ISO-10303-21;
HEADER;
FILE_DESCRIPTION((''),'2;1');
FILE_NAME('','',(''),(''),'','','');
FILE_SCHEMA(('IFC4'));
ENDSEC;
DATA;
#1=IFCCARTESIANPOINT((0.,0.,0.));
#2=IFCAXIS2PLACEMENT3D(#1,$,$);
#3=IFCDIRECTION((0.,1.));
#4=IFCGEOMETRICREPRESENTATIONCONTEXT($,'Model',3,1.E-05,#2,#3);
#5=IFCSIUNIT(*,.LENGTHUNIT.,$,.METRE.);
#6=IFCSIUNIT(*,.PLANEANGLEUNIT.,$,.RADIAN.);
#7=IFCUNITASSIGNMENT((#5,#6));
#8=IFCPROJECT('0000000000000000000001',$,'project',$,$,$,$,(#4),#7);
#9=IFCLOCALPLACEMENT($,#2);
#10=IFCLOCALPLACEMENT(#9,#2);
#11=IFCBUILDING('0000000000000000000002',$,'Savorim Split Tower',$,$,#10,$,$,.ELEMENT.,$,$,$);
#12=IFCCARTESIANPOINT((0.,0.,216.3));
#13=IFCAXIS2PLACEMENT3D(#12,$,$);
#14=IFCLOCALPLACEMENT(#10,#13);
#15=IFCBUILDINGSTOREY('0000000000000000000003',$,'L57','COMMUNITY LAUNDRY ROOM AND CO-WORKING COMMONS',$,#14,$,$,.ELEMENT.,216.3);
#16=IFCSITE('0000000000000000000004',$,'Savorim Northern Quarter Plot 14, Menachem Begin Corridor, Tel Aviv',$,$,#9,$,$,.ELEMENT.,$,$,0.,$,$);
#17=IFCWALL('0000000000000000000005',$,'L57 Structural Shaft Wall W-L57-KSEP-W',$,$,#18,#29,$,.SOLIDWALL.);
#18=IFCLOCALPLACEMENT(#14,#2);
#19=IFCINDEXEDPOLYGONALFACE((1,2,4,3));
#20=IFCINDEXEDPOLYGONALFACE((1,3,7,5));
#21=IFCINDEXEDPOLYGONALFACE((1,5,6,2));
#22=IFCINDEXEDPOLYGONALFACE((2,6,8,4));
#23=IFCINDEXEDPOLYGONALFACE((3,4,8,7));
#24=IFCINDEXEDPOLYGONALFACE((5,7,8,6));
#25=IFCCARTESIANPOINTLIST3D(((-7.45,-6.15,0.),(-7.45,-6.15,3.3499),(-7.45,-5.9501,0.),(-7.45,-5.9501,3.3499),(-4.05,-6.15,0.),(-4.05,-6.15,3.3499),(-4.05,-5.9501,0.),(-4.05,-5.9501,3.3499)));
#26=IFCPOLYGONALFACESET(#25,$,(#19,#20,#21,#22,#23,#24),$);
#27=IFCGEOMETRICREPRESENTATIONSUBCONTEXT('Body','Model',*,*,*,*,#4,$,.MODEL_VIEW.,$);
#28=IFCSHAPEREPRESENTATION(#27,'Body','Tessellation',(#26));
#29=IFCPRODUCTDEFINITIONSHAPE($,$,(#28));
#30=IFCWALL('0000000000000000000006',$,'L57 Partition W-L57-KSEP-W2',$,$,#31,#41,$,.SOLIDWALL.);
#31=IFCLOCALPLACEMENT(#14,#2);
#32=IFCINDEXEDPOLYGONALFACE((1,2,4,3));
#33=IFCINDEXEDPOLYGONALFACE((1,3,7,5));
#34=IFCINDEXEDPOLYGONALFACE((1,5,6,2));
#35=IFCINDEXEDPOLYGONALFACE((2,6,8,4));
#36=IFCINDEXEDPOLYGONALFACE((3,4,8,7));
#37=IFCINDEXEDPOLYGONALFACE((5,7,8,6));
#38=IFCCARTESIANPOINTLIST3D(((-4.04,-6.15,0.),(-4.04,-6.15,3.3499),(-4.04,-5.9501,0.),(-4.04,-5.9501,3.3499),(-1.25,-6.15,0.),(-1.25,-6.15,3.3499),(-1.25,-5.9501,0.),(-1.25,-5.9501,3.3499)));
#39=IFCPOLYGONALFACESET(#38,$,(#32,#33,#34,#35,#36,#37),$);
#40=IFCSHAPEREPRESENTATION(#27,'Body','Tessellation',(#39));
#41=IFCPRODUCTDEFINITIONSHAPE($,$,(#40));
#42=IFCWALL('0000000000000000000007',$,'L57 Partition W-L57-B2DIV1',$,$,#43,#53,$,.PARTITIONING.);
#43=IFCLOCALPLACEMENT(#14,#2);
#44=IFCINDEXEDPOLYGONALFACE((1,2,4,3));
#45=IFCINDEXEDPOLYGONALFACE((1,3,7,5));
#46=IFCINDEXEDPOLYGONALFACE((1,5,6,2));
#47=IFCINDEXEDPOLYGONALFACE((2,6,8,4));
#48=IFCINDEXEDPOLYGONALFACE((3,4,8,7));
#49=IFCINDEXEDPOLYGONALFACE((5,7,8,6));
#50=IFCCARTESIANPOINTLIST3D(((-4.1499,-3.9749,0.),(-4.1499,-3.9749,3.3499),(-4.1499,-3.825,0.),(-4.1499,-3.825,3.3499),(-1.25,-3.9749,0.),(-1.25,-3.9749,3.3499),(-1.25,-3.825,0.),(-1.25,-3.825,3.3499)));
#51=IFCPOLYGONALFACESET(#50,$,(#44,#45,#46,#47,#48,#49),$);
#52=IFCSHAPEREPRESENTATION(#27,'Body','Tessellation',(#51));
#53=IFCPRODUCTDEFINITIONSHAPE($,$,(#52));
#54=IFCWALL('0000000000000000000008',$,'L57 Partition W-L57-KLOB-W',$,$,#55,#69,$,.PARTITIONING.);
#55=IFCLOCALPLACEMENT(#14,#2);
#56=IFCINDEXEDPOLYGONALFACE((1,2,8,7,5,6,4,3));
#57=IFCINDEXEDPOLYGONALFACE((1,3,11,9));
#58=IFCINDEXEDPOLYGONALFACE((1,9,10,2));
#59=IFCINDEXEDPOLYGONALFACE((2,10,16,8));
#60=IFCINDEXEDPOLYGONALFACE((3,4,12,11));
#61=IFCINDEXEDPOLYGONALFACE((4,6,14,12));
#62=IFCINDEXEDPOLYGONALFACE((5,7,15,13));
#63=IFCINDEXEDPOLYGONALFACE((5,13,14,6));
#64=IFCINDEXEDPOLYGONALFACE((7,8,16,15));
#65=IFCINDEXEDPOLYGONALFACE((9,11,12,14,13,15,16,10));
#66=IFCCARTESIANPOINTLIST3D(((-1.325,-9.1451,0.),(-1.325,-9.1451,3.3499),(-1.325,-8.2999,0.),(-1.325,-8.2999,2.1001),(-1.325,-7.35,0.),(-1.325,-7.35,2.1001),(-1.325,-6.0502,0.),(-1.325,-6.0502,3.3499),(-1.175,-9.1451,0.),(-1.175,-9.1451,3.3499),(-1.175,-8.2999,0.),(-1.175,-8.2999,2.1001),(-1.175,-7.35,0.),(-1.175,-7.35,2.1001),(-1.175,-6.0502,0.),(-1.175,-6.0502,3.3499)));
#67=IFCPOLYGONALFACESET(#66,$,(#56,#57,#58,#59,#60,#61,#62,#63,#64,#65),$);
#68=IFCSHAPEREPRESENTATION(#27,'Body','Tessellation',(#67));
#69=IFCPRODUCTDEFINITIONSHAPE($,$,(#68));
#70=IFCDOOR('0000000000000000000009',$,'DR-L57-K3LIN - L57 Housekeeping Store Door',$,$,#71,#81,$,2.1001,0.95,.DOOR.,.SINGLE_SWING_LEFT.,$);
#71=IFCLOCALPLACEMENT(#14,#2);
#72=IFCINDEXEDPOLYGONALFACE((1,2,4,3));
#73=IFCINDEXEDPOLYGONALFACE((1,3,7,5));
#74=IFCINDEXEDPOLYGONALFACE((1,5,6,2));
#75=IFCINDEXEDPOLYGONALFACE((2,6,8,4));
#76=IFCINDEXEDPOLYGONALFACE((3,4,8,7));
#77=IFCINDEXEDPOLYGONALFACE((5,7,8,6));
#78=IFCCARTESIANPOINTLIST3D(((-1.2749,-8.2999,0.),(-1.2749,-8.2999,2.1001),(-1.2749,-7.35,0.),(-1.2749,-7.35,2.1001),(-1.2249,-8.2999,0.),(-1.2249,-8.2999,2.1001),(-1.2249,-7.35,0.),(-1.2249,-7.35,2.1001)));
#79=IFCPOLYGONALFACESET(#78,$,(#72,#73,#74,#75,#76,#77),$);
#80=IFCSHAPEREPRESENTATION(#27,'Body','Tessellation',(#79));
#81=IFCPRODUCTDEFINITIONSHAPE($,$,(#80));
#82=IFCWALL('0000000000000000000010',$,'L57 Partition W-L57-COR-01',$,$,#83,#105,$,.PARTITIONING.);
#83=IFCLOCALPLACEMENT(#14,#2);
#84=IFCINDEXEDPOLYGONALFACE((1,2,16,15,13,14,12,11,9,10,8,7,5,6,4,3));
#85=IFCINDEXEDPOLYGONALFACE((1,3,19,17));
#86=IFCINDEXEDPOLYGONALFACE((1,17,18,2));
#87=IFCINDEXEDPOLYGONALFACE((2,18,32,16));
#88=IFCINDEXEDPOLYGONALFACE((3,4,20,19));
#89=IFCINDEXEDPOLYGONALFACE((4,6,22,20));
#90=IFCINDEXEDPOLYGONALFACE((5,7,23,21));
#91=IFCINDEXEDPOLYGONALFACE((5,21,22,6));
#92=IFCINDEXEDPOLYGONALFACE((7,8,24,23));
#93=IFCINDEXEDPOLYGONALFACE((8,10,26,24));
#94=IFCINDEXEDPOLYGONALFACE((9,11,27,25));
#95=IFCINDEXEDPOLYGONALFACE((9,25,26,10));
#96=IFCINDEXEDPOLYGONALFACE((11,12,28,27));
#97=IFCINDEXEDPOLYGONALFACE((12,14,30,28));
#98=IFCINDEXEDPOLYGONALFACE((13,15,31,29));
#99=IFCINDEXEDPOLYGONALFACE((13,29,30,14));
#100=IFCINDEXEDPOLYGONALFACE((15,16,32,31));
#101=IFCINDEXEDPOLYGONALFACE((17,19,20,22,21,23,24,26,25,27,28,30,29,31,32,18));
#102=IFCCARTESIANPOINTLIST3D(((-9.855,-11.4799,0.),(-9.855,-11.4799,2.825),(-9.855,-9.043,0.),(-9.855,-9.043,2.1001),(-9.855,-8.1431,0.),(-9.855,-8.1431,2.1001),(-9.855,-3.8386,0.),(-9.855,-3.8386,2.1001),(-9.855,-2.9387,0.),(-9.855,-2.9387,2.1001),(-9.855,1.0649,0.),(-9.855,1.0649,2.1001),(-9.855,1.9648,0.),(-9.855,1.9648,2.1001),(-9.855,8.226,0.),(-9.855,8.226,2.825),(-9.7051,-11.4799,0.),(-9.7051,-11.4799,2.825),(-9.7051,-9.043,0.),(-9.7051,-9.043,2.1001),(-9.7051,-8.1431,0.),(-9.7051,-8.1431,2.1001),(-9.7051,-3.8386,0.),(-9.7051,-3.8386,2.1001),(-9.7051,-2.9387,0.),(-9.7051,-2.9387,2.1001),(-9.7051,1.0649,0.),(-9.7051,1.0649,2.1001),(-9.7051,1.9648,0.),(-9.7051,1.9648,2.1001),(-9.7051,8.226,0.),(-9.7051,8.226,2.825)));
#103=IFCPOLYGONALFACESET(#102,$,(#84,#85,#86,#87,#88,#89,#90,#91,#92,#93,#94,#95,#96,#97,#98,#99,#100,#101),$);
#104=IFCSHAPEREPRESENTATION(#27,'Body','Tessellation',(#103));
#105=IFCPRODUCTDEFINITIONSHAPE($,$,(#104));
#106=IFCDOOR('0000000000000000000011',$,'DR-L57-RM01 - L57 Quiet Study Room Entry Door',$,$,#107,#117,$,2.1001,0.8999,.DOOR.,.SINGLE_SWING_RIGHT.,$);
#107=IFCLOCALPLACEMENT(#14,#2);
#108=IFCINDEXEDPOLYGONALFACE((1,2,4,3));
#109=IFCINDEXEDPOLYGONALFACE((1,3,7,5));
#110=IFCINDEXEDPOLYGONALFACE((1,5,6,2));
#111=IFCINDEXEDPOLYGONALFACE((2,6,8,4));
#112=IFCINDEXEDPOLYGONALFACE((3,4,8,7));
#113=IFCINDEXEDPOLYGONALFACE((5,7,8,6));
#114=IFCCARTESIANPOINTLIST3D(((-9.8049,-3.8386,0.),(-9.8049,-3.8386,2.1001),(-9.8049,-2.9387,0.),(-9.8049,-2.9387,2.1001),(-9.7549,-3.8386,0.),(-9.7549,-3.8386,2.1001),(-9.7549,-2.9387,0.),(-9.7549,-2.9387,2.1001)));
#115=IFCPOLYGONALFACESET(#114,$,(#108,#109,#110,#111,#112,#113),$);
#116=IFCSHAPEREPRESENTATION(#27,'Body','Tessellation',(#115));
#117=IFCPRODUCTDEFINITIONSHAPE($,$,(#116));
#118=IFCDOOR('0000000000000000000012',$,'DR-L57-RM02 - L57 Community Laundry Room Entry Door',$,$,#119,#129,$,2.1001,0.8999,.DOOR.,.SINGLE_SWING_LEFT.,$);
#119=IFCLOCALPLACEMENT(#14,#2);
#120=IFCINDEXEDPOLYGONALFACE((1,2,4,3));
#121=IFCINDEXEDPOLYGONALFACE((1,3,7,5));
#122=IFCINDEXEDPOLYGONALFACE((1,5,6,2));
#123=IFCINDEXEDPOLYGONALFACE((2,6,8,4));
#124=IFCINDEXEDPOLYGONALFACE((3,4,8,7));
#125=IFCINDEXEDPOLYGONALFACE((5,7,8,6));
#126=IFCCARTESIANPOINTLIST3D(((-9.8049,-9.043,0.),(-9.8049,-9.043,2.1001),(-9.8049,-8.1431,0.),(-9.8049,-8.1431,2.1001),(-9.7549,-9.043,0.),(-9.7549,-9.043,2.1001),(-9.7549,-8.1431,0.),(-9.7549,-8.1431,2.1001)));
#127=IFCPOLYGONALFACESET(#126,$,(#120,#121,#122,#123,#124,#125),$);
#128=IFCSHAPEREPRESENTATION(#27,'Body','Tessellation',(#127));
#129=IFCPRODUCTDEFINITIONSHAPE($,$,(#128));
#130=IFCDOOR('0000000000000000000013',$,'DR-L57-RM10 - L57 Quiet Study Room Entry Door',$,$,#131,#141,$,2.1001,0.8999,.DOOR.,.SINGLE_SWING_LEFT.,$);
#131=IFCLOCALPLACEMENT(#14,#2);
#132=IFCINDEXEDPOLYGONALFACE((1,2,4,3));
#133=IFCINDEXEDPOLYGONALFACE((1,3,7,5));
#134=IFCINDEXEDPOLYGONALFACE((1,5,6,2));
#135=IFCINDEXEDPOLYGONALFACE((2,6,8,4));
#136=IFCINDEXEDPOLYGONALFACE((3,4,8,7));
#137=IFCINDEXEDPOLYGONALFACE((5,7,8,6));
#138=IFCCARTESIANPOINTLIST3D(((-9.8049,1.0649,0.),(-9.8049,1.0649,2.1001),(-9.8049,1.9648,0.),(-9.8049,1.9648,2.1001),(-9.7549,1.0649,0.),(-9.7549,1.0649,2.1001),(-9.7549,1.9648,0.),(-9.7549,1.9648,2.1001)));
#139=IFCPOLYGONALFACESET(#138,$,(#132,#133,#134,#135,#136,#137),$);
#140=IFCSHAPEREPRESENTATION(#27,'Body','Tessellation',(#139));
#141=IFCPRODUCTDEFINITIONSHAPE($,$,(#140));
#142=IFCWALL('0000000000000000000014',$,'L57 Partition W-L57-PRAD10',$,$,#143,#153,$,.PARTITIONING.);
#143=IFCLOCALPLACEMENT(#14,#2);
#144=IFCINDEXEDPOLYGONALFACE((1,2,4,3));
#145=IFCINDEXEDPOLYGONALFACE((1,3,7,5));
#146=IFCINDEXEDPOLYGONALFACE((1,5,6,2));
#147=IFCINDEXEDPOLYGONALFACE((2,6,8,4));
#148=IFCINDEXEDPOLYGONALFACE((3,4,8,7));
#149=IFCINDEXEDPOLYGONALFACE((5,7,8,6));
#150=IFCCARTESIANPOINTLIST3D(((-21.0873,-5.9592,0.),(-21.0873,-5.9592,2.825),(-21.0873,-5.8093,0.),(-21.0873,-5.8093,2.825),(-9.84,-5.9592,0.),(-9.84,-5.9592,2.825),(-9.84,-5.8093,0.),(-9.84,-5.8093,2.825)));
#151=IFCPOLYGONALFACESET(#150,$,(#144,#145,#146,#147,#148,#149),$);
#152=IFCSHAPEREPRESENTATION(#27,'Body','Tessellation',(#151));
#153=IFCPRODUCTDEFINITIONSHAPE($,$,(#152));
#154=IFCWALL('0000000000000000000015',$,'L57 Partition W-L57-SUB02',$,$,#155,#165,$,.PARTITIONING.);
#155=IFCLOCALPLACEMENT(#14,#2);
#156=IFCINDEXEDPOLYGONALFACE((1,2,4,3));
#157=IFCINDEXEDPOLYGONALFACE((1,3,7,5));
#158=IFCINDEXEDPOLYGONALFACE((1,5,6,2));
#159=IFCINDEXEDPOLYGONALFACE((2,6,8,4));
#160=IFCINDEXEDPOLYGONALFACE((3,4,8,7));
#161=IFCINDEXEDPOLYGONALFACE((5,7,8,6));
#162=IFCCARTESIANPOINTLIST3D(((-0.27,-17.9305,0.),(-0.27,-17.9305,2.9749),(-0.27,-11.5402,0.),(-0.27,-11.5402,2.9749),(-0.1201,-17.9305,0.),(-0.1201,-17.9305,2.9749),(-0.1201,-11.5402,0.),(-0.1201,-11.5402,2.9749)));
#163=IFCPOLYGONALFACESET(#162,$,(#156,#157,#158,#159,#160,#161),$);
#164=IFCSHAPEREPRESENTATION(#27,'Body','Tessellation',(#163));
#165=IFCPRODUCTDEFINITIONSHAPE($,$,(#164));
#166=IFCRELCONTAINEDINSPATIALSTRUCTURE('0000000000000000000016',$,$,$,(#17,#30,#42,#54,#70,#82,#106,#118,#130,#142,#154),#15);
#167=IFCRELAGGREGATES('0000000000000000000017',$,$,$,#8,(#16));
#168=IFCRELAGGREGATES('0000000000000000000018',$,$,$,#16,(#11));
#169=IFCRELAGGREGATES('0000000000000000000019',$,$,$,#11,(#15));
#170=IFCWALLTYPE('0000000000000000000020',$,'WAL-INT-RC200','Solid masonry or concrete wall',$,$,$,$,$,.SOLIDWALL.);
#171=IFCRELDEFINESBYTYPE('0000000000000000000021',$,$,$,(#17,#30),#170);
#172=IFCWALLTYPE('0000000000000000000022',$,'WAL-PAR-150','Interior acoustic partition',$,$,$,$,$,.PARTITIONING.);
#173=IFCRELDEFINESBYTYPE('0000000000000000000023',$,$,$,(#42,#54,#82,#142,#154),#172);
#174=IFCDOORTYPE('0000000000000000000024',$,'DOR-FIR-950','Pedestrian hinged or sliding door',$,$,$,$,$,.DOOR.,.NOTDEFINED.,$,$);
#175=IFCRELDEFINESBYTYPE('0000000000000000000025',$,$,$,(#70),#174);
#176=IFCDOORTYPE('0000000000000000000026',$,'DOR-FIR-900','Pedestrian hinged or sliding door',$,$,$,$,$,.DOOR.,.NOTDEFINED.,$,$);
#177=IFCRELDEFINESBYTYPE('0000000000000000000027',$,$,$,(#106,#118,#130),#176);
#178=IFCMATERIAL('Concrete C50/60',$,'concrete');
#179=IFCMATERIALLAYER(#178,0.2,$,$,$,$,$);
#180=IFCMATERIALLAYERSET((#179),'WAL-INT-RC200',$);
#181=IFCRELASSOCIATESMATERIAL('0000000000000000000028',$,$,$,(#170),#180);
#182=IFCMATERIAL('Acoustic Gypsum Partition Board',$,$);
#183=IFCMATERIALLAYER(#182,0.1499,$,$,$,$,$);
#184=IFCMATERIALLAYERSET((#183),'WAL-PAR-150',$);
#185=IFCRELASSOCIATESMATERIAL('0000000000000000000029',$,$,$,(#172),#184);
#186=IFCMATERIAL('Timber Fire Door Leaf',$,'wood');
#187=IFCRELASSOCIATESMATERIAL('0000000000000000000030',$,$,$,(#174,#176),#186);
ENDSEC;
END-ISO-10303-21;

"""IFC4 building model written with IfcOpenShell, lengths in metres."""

from ifc_helpers import new_model, si_unit, direction, frame, frame_2d, origin, place, context, subcontext, project, spatial, rectangle, extrude, material, layer, layer_set, type_object, element, fill, save


model = new_model("IFC4")

# Units and contexts
model_context = context("Model", 3, precision=1e-05, world=origin(), true_north=direction((0.0, 1.0)))
body_context = subcontext(model_context, "Body", "Model", "MODEL_VIEW")
ifc_project = project(units=[si_unit("LENGTHUNIT", "METRE"), si_unit("PLANEANGLEUNIT", "RADIAN")], contexts=[model_context])

# Site, building, storey
site_placement = place(None, origin())
site = spatial("IfcSite", under=ifc_project, at=site_placement, Name="Savorim Northern Quarter Plot 14, Menachem Begin Corridor, Tel Aviv", CompositionType="ELEMENT", RefElevation=0.0)
building_placement = place(site_placement, origin())
building = spatial("IfcBuilding", under=site, at=building_placement, Name="Savorim Split Tower", CompositionType="ELEMENT")
storey_placement = place(building_placement, frame((0.0, 0.0, 216.3)))
storey = spatial("IfcBuildingStorey", under=building, at=storey_placement, Name="L57", Description="COMMUNITY LAUNDRY ROOM AND CO-WORKING COMMONS", CompositionType="ELEMENT", Elevation=216.3)

# Shared definitions
ifc_material_1 = material(Name="Timber Fire Door Leaf", Category="wood")

# Walls
ifc_material_2 = material(Name="Concrete C50/60", Category="concrete")
ifc_layer_1 = layer(ifc_material_2, 0.2)
ifc_layer_set_1 = layer_set([ifc_layer_1], Name="WAL-INT-RC200")
wall_type_1 = type_object("IfcWallType", Name="WAL-INT-RC200", Description="Solid masonry or concrete wall", PredefinedType="SOLIDWALL", material=ifc_layer_set_1)
wall_1_placement = place(storey_placement, frame((-7.45, -6.05, 0.0), z_axis=(0.0, 0.0, 1.0), x_axis=(1.0, 0.0, 0.0)))
element("IfcWall", 1, at=wall_1_placement, inside=storey, type_object=wall_type_1, Name="L57 Structural Shaft Wall W-L57-KSEP-W", PredefinedType="SOLIDWALL", context=body_context, shape_type="SweptSolid", body=[
    extrude(rectangle(XDim=3.3999, YDim=0.2, at=frame_2d((1.7, 0.0))), origin(), (0.0, 0.0, 1.0), 3.3499),
])
wall_2_placement = place(storey_placement, frame((-4.04, -6.05, 0.0), z_axis=(0.0, 0.0, 1.0), x_axis=(1.0, 0.0, 0.0)))
element("IfcWall", 2, at=wall_2_placement, inside=storey, type_object=wall_type_1, Name="L57 Partition W-L57-KSEP-W2", PredefinedType="SOLIDWALL", context=body_context, shape_type="SweptSolid", body=[
    extrude(rectangle(XDim=2.79, YDim=0.2, at=frame_2d((1.395, 0.0))), origin(), (0.0, 0.0, 1.0), 3.3499),
])
ifc_material_3 = material(Name="Acoustic Gypsum Partition Board")
ifc_layer_2 = layer(ifc_material_3, 0.1499)
ifc_layer_set_2 = layer_set([ifc_layer_2], Name="WAL-PAR-150")
wall_type_2 = type_object("IfcWallType", Name="WAL-PAR-150", Description="Interior acoustic partition", PredefinedType="PARTITIONING", material=ifc_layer_set_2)
wall_3_placement = place(storey_placement, frame((-4.1499, -3.8999, 0.0), z_axis=(0.0, 0.0, 1.0), x_axis=(1.0, 0.0, 0.0)))
element("IfcWall", 3, at=wall_3_placement, inside=storey, type_object=wall_type_2, Name="L57 Partition W-L57-B2DIV1", PredefinedType="PARTITIONING", context=body_context, shape_type="SweptSolid", body=[
    extrude(rectangle(XDim=2.8999, YDim=0.1499, at=frame_2d((1.45, 0.0))), origin(), (0.0, 0.0, 1.0), 3.3499),
])

# Wall, opening, door
wall_4_placement = place(storey_placement, frame((-1.25, -9.145, 0.0), z_axis=(0.0, 0.0, 1.0), x_axis=(0.0, 1.0, 0.0)))
wall_4 = element("IfcWall", 4, at=wall_4_placement, inside=storey, type_object=wall_type_2, Name="L57 Partition W-L57-KLOB-W", PredefinedType="PARTITIONING", context=body_context, shape_type="SweptSolid", body=[
    extrude(rectangle(XDim=3.095, YDim=0.1499, at=frame_2d((1.5474, 0.0))), origin(), (0.0, 0.0, 1.0), 3.3499),
])
opening_1_placement = place(wall_4_placement, frame((0.845, 0.0, 0.0)))
opening_1 = element("IfcOpeningElement", 5, at=opening_1_placement, cuts=wall_4, PredefinedType="OPENING", context=body_context, shape_type="SweptSolid", body=[
    extrude(rectangle(XDim=0.95, YDim=2.1001, at=frame_2d((0.4751, 1.05))), frame((0.0, 0.085, 0.0), z_axis=(0.0, -1.0, 0.0), x_axis=(1.0, 0.0, 0.0)), (0.0, 0.0, 1.0), 0.1699),
])
door_type_1 = type_object("IfcDoorType", Name="DOR-FIR-950", Description="Pedestrian hinged or sliding door", OperationType="NOTDEFINED", PredefinedType="DOOR", material=ifc_material_1)
door_1_placement = place(opening_1_placement, origin())
door_1 = element("IfcDoor", 6, at=door_1_placement, inside=storey, type_object=door_type_1, Name="DR-L57-K3LIN - L57 Housekeeping Store Door", OperationType="SINGLE_SWING_LEFT", OverallHeight=2.1001, OverallWidth=0.95, PredefinedType="DOOR", context=body_context, shape_type="SweptSolid", body=[
    extrude(rectangle(XDim=0.95, YDim=2.1001, at=frame_2d((0.4751, 1.05))), frame((0.0, 0.0249, 0.0), z_axis=(0.0, -1.0, 0.0), x_axis=(1.0, 0.0, 0.0)), (0.0, 0.0, 1.0), 0.05),
])
fill(opening_1, door_1)

# Wall, openings, doors
wall_5_placement = place(storey_placement, frame((-9.78, -11.48, 0.0), z_axis=(0.0, 0.0, 1.0), x_axis=(0.0, 1.0, 0.0)))
wall_5 = element("IfcWall", 7, at=wall_5_placement, inside=storey, type_object=wall_type_2, Name="L57 Partition W-L57-COR-01", PredefinedType="PARTITIONING", context=body_context, shape_type="SweptSolid", body=[
    extrude(rectangle(XDim=19.7058, YDim=0.1499, at=frame_2d((9.853, 0.0))), origin(), (0.0, 0.0, 1.0), 2.825),
])
opening_2_placement = place(wall_5_placement, frame((7.6414, 0.0, 0.0)))
opening_2 = element("IfcOpeningElement", 8, at=opening_2_placement, cuts=wall_5, PredefinedType="OPENING", context=body_context, shape_type="SweptSolid", body=[
    extrude(rectangle(XDim=0.8999, YDim=2.1001, at=frame_2d((0.45, 1.05))), frame((0.0, 0.085, 0.0), z_axis=(0.0, -1.0, 0.0), x_axis=(1.0, 0.0, 0.0)), (0.0, 0.0, 1.0), 0.1699),
])
opening_3_placement = place(wall_5_placement, frame((2.437, 0.0, 0.0)))
opening_3 = element("IfcOpeningElement", 9, at=opening_3_placement, cuts=wall_5, PredefinedType="OPENING", context=body_context, shape_type="SweptSolid", body=[
    extrude(rectangle(XDim=0.8999, YDim=2.1001, at=frame_2d((0.45, 1.05))), frame((0.0, 0.085, 0.0), z_axis=(0.0, -1.0, 0.0), x_axis=(1.0, 0.0, 0.0)), (0.0, 0.0, 1.0), 0.1699),
])
opening_4_placement = place(wall_5_placement, frame((12.5449, 0.0, 0.0)))
opening_4 = element("IfcOpeningElement", 10, at=opening_4_placement, cuts=wall_5, PredefinedType="OPENING", context=body_context, shape_type="SweptSolid", body=[
    extrude(rectangle(XDim=0.8999, YDim=2.1001, at=frame_2d((0.45, 1.05))), frame((0.0, 0.085, 0.0), z_axis=(0.0, -1.0, 0.0), x_axis=(1.0, 0.0, 0.0)), (0.0, 0.0, 1.0), 0.1699),
])
door_type_2 = type_object("IfcDoorType", Name="DOR-FIR-900", Description="Pedestrian hinged or sliding door", OperationType="NOTDEFINED", PredefinedType="DOOR", material=ifc_material_1)
door_2_placement = place(opening_2_placement, origin())
door_2 = element("IfcDoor", 11, at=door_2_placement, inside=storey, type_object=door_type_2, Name="DR-L57-RM01 - L57 Quiet Study Room Entry Door", OperationType="SINGLE_SWING_RIGHT", OverallHeight=2.1001, OverallWidth=0.8999, PredefinedType="DOOR", context=body_context, shape_type="SweptSolid", body=[
    extrude(rectangle(XDim=0.8999, YDim=2.1001, at=frame_2d((0.45, 1.05))), frame((0.0, 0.0249, 0.0), z_axis=(0.0, -1.0, 0.0), x_axis=(1.0, 0.0, 0.0)), (0.0, 0.0, 1.0), 0.05),
])
fill(opening_2, door_2)
door_3_placement = place(opening_3_placement, origin())
door_3 = element("IfcDoor", 12, at=door_3_placement, inside=storey, type_object=door_type_2, Name="DR-L57-RM02 - L57 Community Laundry Room Entry Door", OperationType="SINGLE_SWING_LEFT", OverallHeight=2.1001, OverallWidth=0.8999, PredefinedType="DOOR", context=body_context, shape_type="SweptSolid", body=[
    extrude(rectangle(XDim=0.8999, YDim=2.1001, at=frame_2d((0.45, 1.05))), frame((0.0, 0.0249, 0.0), z_axis=(0.0, -1.0, 0.0), x_axis=(1.0, 0.0, 0.0)), (0.0, 0.0, 1.0), 0.05),
])
fill(opening_3, door_3)
door_4_placement = place(opening_4_placement, origin())
door_4 = element("IfcDoor", 13, at=door_4_placement, inside=storey, type_object=door_type_2, Name="DR-L57-RM10 - L57 Quiet Study Room Entry Door", OperationType="SINGLE_SWING_LEFT", OverallHeight=2.1001, OverallWidth=0.8999, PredefinedType="DOOR", context=body_context, shape_type="SweptSolid", body=[
    extrude(rectangle(XDim=0.8999, YDim=2.1001, at=frame_2d((0.45, 1.05))), frame((0.0, 0.0249, 0.0), z_axis=(0.0, -1.0, 0.0), x_axis=(1.0, 0.0, 0.0)), (0.0, 0.0, 1.0), 0.05),
])
fill(opening_4, door_4)

# Walls
wall_6_placement = place(storey_placement, frame((-9.8401, -5.8843, 0.0), z_axis=(0.0, 0.0, 1.0), x_axis=(-1.0, 0.0, 0.0)))
element("IfcWall", 14, at=wall_6_placement, inside=storey, type_object=wall_type_2, Name="L57 Partition W-L57-PRAD10", PredefinedType="PARTITIONING", context=body_context, shape_type="SweptSolid", body=[
    extrude(rectangle(XDim=11.2473, YDim=0.1499, at=frame_2d((5.6235, 0.0))), origin(), (0.0, 0.0, 1.0), 2.825),
])
wall_7_placement = place(storey_placement, frame((-0.1951, -11.54, 0.0), z_axis=(0.0, 0.0, 1.0), x_axis=(0.0, -1.0, 0.0)))
element("IfcWall", 15, at=wall_7_placement, inside=storey, type_object=wall_type_2, Name="L57 Partition W-L57-SUB02", PredefinedType="PARTITIONING", context=body_context, shape_type="SweptSolid", body=[
    extrude(rectangle(XDim=6.3904, YDim=0.1499, at=frame_2d((3.1953, 0.0))), origin(), (0.0, 0.0, 1.0), 2.9749),
])

save(model, "model.ifc")
